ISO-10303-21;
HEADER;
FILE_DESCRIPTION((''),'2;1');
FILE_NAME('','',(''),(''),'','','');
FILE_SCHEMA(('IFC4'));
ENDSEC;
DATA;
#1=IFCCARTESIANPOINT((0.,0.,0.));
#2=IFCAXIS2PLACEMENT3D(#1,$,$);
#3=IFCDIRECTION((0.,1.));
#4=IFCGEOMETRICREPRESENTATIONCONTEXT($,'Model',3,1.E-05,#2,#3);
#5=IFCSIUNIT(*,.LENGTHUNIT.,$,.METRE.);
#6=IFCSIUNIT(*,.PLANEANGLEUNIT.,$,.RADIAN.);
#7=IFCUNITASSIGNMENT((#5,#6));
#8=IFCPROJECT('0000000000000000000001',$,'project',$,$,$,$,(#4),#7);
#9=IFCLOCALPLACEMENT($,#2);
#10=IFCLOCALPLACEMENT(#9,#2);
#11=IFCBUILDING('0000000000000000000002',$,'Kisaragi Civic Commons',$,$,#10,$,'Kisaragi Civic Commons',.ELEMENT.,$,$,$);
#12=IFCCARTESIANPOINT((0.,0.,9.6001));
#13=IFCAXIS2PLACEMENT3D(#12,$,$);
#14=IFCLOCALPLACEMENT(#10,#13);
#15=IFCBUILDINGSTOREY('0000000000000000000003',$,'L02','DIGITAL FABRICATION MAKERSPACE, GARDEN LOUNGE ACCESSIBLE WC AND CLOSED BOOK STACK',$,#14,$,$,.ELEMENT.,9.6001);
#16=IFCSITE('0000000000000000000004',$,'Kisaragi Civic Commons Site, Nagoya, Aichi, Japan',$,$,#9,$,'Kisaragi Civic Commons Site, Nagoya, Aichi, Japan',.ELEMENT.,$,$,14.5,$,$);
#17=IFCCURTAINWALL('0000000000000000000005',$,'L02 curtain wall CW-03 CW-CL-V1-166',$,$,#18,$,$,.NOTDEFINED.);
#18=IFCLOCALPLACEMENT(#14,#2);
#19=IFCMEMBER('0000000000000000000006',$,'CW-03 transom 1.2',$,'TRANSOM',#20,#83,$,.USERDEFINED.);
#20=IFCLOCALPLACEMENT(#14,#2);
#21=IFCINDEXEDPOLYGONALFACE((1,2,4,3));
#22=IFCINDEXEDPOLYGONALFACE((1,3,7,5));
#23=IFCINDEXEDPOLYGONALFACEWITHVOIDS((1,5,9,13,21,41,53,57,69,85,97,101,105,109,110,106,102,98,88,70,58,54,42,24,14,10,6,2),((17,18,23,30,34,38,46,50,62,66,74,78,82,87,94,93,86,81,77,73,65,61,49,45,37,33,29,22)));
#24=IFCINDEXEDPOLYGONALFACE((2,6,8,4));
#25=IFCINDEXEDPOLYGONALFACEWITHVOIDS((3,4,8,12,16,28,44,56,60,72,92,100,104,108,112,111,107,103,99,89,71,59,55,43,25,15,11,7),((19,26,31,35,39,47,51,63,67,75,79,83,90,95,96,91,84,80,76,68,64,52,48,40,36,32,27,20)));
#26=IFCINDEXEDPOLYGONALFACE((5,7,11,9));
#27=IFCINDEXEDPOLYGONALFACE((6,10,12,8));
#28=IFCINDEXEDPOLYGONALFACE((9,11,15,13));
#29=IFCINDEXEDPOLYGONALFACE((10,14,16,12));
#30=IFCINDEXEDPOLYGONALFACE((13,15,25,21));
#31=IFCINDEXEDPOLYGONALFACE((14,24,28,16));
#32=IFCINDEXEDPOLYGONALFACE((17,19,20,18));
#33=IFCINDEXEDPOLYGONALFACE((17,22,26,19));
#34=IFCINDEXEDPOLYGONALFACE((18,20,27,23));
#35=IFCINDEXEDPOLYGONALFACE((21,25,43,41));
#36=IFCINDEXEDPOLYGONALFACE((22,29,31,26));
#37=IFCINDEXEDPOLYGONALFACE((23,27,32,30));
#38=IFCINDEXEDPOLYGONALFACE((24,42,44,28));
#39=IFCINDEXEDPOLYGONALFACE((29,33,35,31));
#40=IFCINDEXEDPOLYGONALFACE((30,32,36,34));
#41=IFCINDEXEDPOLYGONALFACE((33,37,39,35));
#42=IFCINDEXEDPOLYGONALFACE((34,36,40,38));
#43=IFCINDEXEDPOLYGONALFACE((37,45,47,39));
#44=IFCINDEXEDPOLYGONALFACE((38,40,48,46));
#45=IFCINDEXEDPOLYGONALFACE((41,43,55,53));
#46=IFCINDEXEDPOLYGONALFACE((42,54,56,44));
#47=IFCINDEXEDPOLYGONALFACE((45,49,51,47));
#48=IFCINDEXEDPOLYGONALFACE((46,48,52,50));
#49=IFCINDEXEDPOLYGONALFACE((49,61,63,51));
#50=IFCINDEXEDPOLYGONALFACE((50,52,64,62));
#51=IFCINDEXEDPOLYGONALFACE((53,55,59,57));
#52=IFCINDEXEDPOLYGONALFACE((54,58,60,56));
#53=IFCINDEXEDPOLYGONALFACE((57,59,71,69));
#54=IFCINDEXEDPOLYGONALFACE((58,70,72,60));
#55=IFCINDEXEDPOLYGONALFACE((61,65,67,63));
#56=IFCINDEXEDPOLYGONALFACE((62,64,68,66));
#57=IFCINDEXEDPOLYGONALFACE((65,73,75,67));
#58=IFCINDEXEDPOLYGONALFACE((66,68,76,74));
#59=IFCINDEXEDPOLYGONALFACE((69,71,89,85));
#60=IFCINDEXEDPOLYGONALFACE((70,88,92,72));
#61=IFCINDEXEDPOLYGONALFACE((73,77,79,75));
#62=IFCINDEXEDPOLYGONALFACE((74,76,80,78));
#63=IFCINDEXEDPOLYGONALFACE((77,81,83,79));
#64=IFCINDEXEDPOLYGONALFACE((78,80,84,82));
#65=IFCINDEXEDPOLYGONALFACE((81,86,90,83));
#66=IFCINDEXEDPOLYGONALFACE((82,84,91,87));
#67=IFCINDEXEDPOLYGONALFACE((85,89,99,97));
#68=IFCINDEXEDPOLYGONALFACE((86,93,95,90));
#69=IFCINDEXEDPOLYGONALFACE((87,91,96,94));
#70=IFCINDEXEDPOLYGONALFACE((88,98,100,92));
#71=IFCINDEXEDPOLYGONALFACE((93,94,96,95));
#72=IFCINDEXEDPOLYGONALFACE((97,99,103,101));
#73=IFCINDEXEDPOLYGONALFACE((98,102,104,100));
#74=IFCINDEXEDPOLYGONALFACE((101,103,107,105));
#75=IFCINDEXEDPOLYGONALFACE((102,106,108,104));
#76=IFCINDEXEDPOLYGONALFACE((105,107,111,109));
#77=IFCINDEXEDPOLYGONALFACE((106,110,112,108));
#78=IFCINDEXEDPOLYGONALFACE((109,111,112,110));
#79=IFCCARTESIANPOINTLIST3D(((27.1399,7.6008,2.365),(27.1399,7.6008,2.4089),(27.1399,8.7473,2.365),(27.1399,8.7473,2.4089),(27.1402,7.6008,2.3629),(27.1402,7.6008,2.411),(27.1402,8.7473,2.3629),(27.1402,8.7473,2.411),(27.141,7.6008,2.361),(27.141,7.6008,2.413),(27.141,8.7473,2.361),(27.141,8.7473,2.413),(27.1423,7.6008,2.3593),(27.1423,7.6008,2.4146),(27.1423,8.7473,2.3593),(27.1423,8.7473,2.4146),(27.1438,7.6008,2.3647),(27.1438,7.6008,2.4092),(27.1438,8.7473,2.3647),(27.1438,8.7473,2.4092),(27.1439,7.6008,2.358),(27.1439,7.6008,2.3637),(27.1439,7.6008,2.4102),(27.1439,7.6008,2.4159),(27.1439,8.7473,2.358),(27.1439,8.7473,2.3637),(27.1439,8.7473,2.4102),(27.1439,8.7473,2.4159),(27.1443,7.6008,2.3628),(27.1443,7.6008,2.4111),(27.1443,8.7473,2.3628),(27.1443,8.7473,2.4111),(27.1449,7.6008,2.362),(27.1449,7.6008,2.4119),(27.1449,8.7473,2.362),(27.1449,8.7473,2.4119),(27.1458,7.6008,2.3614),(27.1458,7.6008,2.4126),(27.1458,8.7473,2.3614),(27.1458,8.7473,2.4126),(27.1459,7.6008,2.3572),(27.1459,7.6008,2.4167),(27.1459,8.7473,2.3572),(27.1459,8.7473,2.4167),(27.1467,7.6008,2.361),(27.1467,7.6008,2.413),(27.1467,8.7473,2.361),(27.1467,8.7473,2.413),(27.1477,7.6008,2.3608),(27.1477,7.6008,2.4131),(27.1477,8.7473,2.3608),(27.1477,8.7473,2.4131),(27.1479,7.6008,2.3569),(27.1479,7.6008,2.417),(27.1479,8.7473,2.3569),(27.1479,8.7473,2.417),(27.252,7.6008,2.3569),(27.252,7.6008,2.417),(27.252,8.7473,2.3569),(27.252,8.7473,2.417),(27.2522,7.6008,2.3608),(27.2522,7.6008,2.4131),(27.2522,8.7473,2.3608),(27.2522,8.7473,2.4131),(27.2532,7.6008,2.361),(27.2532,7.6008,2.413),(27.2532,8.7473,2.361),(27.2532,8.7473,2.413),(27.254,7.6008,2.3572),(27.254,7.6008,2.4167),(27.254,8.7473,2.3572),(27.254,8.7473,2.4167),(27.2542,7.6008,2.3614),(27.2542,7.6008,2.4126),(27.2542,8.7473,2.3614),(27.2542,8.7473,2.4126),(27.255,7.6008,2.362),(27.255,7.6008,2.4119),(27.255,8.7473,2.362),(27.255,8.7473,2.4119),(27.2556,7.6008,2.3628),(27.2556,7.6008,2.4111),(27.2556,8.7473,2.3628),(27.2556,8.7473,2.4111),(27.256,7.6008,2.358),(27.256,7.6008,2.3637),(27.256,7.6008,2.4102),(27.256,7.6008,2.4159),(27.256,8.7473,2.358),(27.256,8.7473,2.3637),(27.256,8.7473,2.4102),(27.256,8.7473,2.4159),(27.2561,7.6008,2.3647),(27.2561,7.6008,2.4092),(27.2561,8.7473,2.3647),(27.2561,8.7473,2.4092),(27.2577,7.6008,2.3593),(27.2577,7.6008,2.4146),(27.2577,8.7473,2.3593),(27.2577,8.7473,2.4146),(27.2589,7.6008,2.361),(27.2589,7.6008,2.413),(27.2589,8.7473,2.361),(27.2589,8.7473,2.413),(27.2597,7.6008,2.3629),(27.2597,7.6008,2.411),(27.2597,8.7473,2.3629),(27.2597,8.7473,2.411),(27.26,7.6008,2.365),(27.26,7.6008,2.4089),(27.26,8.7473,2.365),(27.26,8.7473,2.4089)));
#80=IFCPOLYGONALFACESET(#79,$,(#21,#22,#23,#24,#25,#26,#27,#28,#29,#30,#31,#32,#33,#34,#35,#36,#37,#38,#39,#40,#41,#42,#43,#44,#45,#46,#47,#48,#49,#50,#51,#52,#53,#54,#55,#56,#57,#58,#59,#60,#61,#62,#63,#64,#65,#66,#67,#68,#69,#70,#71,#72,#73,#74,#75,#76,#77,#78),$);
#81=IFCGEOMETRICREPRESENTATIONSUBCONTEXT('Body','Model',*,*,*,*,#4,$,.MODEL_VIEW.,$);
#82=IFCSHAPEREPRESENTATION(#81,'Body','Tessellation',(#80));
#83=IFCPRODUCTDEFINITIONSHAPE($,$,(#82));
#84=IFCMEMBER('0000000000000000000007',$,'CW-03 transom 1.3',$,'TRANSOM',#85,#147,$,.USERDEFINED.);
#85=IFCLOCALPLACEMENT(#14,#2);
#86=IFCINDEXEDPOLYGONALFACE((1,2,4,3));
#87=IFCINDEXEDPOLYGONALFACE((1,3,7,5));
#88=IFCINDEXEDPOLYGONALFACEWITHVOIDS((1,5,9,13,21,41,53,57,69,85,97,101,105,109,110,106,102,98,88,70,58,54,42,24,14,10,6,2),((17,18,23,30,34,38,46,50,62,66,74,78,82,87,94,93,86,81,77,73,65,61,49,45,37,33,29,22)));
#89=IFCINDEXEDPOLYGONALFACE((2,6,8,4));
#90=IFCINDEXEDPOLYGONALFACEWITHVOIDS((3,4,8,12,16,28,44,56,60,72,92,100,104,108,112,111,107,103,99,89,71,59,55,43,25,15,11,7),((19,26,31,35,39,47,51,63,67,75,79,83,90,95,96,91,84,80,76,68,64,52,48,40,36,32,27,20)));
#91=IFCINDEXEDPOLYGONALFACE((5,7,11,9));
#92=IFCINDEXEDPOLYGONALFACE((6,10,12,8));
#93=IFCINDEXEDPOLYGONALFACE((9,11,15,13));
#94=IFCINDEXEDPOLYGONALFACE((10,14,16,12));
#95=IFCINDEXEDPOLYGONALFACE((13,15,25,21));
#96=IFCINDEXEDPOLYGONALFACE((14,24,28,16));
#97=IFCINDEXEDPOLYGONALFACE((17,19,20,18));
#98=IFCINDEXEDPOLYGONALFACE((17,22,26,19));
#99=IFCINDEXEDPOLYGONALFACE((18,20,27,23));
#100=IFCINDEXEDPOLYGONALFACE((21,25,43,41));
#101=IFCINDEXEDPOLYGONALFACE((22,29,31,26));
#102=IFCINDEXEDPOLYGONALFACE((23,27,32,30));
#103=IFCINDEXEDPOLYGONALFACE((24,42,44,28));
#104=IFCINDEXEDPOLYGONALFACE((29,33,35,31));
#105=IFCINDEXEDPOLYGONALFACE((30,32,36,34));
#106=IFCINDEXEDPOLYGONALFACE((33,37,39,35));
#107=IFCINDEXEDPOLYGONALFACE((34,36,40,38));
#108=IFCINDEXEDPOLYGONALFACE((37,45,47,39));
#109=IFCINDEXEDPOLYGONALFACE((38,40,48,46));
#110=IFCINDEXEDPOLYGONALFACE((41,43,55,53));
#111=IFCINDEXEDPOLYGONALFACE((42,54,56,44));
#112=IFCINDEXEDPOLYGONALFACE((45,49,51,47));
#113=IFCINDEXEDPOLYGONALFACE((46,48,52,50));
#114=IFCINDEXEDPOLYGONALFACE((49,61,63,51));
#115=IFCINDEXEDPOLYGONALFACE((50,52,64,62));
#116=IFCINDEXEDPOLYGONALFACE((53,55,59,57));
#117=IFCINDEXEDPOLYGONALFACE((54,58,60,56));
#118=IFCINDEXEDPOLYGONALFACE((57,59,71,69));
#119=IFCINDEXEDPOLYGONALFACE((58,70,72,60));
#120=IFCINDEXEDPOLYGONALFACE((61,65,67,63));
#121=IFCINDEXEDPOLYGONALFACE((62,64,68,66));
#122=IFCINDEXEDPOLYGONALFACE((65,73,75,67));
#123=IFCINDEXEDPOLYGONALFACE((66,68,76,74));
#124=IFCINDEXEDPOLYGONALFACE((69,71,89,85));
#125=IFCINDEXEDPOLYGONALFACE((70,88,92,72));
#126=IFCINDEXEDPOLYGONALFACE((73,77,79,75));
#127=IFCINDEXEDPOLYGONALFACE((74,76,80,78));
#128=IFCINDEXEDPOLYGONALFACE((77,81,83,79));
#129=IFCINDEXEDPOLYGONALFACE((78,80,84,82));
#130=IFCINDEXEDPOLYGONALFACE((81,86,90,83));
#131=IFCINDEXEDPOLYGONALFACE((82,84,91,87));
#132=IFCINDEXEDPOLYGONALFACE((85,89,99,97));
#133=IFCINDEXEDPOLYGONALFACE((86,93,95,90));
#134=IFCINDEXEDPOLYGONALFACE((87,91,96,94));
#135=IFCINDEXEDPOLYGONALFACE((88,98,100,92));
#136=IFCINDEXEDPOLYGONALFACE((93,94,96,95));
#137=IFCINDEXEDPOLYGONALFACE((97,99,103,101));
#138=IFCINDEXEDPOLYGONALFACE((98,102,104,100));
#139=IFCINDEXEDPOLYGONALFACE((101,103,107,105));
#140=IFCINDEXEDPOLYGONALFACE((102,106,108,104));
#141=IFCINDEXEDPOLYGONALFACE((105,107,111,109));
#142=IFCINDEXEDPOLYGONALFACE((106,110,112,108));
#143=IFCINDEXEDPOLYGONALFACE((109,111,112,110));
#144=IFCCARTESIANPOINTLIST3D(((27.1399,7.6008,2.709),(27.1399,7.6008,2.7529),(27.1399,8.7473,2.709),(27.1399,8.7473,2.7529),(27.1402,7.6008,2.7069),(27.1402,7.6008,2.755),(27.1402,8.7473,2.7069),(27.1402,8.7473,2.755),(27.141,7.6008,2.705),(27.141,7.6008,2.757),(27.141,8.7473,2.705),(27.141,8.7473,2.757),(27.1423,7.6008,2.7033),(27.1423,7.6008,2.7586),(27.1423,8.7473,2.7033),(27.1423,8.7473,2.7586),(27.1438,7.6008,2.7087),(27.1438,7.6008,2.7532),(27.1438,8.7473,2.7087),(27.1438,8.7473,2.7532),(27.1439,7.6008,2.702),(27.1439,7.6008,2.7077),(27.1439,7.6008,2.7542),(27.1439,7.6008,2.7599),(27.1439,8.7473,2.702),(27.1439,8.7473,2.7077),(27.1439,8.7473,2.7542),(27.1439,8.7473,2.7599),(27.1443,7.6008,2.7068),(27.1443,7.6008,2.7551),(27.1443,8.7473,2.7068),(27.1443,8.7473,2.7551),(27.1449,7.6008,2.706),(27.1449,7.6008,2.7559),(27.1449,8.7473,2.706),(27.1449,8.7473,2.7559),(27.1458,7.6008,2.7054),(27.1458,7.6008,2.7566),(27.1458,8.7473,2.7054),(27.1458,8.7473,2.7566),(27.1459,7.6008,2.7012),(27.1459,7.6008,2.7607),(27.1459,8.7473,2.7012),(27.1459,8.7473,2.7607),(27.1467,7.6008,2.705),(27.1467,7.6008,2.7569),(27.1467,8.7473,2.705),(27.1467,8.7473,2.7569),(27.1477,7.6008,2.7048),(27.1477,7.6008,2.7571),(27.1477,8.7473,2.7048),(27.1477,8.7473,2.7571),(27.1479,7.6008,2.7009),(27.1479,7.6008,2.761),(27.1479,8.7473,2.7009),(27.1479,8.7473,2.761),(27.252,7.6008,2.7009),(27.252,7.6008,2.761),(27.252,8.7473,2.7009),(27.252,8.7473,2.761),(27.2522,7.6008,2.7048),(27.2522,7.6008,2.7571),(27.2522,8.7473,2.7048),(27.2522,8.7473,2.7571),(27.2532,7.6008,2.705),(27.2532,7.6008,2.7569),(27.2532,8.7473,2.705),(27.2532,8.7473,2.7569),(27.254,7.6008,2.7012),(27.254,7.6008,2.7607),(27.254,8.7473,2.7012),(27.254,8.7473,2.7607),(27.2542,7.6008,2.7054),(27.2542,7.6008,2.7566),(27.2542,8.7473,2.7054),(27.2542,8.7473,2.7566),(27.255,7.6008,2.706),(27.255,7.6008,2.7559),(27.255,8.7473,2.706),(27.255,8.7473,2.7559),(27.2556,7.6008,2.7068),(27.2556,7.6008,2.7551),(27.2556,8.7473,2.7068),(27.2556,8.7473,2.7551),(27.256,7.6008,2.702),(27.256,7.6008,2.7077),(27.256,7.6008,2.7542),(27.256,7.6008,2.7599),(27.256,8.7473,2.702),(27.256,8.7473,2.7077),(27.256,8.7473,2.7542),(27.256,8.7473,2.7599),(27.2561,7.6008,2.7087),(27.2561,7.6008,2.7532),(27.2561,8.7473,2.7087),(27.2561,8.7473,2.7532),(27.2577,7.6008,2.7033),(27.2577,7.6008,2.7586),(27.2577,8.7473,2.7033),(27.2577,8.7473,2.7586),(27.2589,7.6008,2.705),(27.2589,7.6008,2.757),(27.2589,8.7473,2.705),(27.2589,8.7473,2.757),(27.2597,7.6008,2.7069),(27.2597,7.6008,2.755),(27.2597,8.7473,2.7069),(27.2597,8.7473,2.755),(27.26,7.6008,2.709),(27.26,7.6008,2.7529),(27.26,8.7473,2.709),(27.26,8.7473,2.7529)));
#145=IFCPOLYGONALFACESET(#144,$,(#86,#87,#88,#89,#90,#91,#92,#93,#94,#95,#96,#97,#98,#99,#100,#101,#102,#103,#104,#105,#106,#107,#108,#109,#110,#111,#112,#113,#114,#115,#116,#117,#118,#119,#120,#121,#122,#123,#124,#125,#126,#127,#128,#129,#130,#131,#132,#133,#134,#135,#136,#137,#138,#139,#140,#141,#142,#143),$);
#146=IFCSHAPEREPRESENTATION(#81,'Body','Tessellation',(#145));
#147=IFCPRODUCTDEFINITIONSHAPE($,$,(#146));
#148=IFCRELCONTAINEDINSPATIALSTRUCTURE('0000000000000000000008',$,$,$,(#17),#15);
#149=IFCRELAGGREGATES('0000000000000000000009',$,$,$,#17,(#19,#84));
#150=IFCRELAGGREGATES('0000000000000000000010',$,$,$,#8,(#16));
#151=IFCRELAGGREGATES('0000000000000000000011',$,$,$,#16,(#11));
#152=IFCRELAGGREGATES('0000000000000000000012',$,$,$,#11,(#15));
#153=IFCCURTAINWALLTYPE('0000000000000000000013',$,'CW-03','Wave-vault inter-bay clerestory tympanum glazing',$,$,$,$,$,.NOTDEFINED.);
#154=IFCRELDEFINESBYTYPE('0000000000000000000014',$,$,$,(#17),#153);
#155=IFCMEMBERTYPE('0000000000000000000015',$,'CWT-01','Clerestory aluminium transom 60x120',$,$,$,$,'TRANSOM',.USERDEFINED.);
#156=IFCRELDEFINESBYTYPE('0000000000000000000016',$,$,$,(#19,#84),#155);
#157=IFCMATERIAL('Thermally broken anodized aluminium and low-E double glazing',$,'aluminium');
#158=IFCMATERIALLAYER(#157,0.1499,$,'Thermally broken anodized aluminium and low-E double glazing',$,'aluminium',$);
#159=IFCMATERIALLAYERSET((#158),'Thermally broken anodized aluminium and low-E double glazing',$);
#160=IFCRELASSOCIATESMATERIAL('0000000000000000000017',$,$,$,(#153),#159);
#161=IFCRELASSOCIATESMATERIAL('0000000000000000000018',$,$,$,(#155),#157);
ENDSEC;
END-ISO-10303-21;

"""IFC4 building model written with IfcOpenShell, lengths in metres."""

from ifc_helpers import new_model, si_unit, direction, frame, origin, origin_2d, place, context, subcontext, project, spatial, hollow_rectangle, extrude, material, layer, layer_set, material_profile, profile_set, type_object, element, aggregate, save


model = new_model("IFC4")

# Units and contexts
model_context = context("Model", 3, precision=1e-05, world=origin(), true_north=direction((0.0, 1.0)))
body_context = subcontext(model_context, "Body", "Model", "MODEL_VIEW")
ifc_project = project(units=[si_unit("LENGTHUNIT", "METRE"), si_unit("PLANEANGLEUNIT", "RADIAN")], contexts=[model_context])

# Site, building, storey
site_placement = place(None, origin())
site = spatial("IfcSite", under=ifc_project, at=site_placement, Name="Kisaragi Civic Commons Site, Nagoya, Aichi, Japan", LongName="Kisaragi Civic Commons Site, Nagoya, Aichi, Japan", CompositionType="ELEMENT", RefElevation=14.5)
building_placement = place(site_placement, origin())
building = spatial("IfcBuilding", under=site, at=building_placement, Name="Kisaragi Civic Commons", LongName="Kisaragi Civic Commons", CompositionType="ELEMENT")
storey_placement = place(building_placement, frame((0.0, 0.0, 9.6001)))
storey = spatial("IfcBuildingStorey", under=building, at=storey_placement, Name="L02", Description="DIGITAL FABRICATION MAKERSPACE, GARDEN LOUNGE ACCESSIBLE WC AND CLOSED BOOK STACK", CompositionType="ELEMENT", Elevation=9.6001)

# Shared definitions
ifc_material_1 = material(Name="Thermally broken anodized aluminium and low-E double glazing", Category="aluminium")
ifc_layer_1 = layer(ifc_material_1, 0.1499, Name="Thermally broken anodized aluminium and low-E double glazing", Category="aluminium")
ifc_layer_set_1 = layer_set([ifc_layer_1], Name="Thermally broken anodized aluminium and low-E double glazing")
curtain_wall_type = type_object("IfcCurtainWallType", Name="CW-03", Description="Wave-vault inter-bay clerestory tympanum glazing", PredefinedType="NOTDEFINED", material=ifc_layer_set_1)

# Curtain wall
curtain_wall_1_placement = place(storey_placement, origin())
curtain_wall_1 = element("IfcCurtainWall", 1, at=curtain_wall_1_placement, inside=storey, type_object=curtain_wall_type, Name="L02 curtain wall CW-03 CW-CL-V1-166", PredefinedType="NOTDEFINED")

# Members
ifc_material_profile_1 = material_profile(ifc_material_1, hollow_rectangle(XDim=0.1201, YDim=0.0601, WallThickness=0.0039, InnerFilletRadius=0.0039, OuterFilletRadius=0.0081, at=origin_2d()), Name="CWT-60x120x4", Category="aluminium")
ifc_profile_set_1 = profile_set([ifc_material_profile_1], Name="Thermally broken anodized aluminium and low-E double glazing")
member_type_1 = type_object("IfcMemberType", Name="CWT-01", Description="Clerestory aluminium transom 60x120", ElementType="TRANSOM", PredefinedType="USERDEFINED", material=ifc_profile_set_1)
member_1_placement = place(storey_placement, frame((27.2, 7.6008, 2.387), z_axis=(0.0, 1.0, 0.0), x_axis=(-1.0, 0.0, 0.0)))
member_1 = element("IfcMember", 2, at=member_1_placement, type_object=member_type_1, Name="CW-03 transom 1.2", ObjectType="TRANSOM", PredefinedType="USERDEFINED", context=body_context, shape_type="SweptSolid", body=[
    extrude(hollow_rectangle(XDim=0.1201, YDim=0.0601, WallThickness=0.0039, InnerFilletRadius=0.0039, OuterFilletRadius=0.0081, at=origin_2d()), origin(), (0.0, 0.0, 1.0), 1.1465),
])
member_2_placement = place(storey_placement, frame((27.2, 7.6008, 2.731), z_axis=(0.0, 1.0, 0.0), x_axis=(-1.0, 0.0, 0.0)))
member_2 = element("IfcMember", 3, at=member_2_placement, type_object=member_type_1, Name="CW-03 transom 1.3", ObjectType="TRANSOM", PredefinedType="USERDEFINED", context=body_context, shape_type="SweptSolid", body=[
    extrude(hollow_rectangle(XDim=0.1201, YDim=0.0601, WallThickness=0.0039, InnerFilletRadius=0.0039, OuterFilletRadius=0.0081, at=origin_2d()), origin(), (0.0, 0.0, 1.0), 1.1465),
])

aggregate(curtain_wall_1, [member_1, member_2])

save(model, "model.ifc")
